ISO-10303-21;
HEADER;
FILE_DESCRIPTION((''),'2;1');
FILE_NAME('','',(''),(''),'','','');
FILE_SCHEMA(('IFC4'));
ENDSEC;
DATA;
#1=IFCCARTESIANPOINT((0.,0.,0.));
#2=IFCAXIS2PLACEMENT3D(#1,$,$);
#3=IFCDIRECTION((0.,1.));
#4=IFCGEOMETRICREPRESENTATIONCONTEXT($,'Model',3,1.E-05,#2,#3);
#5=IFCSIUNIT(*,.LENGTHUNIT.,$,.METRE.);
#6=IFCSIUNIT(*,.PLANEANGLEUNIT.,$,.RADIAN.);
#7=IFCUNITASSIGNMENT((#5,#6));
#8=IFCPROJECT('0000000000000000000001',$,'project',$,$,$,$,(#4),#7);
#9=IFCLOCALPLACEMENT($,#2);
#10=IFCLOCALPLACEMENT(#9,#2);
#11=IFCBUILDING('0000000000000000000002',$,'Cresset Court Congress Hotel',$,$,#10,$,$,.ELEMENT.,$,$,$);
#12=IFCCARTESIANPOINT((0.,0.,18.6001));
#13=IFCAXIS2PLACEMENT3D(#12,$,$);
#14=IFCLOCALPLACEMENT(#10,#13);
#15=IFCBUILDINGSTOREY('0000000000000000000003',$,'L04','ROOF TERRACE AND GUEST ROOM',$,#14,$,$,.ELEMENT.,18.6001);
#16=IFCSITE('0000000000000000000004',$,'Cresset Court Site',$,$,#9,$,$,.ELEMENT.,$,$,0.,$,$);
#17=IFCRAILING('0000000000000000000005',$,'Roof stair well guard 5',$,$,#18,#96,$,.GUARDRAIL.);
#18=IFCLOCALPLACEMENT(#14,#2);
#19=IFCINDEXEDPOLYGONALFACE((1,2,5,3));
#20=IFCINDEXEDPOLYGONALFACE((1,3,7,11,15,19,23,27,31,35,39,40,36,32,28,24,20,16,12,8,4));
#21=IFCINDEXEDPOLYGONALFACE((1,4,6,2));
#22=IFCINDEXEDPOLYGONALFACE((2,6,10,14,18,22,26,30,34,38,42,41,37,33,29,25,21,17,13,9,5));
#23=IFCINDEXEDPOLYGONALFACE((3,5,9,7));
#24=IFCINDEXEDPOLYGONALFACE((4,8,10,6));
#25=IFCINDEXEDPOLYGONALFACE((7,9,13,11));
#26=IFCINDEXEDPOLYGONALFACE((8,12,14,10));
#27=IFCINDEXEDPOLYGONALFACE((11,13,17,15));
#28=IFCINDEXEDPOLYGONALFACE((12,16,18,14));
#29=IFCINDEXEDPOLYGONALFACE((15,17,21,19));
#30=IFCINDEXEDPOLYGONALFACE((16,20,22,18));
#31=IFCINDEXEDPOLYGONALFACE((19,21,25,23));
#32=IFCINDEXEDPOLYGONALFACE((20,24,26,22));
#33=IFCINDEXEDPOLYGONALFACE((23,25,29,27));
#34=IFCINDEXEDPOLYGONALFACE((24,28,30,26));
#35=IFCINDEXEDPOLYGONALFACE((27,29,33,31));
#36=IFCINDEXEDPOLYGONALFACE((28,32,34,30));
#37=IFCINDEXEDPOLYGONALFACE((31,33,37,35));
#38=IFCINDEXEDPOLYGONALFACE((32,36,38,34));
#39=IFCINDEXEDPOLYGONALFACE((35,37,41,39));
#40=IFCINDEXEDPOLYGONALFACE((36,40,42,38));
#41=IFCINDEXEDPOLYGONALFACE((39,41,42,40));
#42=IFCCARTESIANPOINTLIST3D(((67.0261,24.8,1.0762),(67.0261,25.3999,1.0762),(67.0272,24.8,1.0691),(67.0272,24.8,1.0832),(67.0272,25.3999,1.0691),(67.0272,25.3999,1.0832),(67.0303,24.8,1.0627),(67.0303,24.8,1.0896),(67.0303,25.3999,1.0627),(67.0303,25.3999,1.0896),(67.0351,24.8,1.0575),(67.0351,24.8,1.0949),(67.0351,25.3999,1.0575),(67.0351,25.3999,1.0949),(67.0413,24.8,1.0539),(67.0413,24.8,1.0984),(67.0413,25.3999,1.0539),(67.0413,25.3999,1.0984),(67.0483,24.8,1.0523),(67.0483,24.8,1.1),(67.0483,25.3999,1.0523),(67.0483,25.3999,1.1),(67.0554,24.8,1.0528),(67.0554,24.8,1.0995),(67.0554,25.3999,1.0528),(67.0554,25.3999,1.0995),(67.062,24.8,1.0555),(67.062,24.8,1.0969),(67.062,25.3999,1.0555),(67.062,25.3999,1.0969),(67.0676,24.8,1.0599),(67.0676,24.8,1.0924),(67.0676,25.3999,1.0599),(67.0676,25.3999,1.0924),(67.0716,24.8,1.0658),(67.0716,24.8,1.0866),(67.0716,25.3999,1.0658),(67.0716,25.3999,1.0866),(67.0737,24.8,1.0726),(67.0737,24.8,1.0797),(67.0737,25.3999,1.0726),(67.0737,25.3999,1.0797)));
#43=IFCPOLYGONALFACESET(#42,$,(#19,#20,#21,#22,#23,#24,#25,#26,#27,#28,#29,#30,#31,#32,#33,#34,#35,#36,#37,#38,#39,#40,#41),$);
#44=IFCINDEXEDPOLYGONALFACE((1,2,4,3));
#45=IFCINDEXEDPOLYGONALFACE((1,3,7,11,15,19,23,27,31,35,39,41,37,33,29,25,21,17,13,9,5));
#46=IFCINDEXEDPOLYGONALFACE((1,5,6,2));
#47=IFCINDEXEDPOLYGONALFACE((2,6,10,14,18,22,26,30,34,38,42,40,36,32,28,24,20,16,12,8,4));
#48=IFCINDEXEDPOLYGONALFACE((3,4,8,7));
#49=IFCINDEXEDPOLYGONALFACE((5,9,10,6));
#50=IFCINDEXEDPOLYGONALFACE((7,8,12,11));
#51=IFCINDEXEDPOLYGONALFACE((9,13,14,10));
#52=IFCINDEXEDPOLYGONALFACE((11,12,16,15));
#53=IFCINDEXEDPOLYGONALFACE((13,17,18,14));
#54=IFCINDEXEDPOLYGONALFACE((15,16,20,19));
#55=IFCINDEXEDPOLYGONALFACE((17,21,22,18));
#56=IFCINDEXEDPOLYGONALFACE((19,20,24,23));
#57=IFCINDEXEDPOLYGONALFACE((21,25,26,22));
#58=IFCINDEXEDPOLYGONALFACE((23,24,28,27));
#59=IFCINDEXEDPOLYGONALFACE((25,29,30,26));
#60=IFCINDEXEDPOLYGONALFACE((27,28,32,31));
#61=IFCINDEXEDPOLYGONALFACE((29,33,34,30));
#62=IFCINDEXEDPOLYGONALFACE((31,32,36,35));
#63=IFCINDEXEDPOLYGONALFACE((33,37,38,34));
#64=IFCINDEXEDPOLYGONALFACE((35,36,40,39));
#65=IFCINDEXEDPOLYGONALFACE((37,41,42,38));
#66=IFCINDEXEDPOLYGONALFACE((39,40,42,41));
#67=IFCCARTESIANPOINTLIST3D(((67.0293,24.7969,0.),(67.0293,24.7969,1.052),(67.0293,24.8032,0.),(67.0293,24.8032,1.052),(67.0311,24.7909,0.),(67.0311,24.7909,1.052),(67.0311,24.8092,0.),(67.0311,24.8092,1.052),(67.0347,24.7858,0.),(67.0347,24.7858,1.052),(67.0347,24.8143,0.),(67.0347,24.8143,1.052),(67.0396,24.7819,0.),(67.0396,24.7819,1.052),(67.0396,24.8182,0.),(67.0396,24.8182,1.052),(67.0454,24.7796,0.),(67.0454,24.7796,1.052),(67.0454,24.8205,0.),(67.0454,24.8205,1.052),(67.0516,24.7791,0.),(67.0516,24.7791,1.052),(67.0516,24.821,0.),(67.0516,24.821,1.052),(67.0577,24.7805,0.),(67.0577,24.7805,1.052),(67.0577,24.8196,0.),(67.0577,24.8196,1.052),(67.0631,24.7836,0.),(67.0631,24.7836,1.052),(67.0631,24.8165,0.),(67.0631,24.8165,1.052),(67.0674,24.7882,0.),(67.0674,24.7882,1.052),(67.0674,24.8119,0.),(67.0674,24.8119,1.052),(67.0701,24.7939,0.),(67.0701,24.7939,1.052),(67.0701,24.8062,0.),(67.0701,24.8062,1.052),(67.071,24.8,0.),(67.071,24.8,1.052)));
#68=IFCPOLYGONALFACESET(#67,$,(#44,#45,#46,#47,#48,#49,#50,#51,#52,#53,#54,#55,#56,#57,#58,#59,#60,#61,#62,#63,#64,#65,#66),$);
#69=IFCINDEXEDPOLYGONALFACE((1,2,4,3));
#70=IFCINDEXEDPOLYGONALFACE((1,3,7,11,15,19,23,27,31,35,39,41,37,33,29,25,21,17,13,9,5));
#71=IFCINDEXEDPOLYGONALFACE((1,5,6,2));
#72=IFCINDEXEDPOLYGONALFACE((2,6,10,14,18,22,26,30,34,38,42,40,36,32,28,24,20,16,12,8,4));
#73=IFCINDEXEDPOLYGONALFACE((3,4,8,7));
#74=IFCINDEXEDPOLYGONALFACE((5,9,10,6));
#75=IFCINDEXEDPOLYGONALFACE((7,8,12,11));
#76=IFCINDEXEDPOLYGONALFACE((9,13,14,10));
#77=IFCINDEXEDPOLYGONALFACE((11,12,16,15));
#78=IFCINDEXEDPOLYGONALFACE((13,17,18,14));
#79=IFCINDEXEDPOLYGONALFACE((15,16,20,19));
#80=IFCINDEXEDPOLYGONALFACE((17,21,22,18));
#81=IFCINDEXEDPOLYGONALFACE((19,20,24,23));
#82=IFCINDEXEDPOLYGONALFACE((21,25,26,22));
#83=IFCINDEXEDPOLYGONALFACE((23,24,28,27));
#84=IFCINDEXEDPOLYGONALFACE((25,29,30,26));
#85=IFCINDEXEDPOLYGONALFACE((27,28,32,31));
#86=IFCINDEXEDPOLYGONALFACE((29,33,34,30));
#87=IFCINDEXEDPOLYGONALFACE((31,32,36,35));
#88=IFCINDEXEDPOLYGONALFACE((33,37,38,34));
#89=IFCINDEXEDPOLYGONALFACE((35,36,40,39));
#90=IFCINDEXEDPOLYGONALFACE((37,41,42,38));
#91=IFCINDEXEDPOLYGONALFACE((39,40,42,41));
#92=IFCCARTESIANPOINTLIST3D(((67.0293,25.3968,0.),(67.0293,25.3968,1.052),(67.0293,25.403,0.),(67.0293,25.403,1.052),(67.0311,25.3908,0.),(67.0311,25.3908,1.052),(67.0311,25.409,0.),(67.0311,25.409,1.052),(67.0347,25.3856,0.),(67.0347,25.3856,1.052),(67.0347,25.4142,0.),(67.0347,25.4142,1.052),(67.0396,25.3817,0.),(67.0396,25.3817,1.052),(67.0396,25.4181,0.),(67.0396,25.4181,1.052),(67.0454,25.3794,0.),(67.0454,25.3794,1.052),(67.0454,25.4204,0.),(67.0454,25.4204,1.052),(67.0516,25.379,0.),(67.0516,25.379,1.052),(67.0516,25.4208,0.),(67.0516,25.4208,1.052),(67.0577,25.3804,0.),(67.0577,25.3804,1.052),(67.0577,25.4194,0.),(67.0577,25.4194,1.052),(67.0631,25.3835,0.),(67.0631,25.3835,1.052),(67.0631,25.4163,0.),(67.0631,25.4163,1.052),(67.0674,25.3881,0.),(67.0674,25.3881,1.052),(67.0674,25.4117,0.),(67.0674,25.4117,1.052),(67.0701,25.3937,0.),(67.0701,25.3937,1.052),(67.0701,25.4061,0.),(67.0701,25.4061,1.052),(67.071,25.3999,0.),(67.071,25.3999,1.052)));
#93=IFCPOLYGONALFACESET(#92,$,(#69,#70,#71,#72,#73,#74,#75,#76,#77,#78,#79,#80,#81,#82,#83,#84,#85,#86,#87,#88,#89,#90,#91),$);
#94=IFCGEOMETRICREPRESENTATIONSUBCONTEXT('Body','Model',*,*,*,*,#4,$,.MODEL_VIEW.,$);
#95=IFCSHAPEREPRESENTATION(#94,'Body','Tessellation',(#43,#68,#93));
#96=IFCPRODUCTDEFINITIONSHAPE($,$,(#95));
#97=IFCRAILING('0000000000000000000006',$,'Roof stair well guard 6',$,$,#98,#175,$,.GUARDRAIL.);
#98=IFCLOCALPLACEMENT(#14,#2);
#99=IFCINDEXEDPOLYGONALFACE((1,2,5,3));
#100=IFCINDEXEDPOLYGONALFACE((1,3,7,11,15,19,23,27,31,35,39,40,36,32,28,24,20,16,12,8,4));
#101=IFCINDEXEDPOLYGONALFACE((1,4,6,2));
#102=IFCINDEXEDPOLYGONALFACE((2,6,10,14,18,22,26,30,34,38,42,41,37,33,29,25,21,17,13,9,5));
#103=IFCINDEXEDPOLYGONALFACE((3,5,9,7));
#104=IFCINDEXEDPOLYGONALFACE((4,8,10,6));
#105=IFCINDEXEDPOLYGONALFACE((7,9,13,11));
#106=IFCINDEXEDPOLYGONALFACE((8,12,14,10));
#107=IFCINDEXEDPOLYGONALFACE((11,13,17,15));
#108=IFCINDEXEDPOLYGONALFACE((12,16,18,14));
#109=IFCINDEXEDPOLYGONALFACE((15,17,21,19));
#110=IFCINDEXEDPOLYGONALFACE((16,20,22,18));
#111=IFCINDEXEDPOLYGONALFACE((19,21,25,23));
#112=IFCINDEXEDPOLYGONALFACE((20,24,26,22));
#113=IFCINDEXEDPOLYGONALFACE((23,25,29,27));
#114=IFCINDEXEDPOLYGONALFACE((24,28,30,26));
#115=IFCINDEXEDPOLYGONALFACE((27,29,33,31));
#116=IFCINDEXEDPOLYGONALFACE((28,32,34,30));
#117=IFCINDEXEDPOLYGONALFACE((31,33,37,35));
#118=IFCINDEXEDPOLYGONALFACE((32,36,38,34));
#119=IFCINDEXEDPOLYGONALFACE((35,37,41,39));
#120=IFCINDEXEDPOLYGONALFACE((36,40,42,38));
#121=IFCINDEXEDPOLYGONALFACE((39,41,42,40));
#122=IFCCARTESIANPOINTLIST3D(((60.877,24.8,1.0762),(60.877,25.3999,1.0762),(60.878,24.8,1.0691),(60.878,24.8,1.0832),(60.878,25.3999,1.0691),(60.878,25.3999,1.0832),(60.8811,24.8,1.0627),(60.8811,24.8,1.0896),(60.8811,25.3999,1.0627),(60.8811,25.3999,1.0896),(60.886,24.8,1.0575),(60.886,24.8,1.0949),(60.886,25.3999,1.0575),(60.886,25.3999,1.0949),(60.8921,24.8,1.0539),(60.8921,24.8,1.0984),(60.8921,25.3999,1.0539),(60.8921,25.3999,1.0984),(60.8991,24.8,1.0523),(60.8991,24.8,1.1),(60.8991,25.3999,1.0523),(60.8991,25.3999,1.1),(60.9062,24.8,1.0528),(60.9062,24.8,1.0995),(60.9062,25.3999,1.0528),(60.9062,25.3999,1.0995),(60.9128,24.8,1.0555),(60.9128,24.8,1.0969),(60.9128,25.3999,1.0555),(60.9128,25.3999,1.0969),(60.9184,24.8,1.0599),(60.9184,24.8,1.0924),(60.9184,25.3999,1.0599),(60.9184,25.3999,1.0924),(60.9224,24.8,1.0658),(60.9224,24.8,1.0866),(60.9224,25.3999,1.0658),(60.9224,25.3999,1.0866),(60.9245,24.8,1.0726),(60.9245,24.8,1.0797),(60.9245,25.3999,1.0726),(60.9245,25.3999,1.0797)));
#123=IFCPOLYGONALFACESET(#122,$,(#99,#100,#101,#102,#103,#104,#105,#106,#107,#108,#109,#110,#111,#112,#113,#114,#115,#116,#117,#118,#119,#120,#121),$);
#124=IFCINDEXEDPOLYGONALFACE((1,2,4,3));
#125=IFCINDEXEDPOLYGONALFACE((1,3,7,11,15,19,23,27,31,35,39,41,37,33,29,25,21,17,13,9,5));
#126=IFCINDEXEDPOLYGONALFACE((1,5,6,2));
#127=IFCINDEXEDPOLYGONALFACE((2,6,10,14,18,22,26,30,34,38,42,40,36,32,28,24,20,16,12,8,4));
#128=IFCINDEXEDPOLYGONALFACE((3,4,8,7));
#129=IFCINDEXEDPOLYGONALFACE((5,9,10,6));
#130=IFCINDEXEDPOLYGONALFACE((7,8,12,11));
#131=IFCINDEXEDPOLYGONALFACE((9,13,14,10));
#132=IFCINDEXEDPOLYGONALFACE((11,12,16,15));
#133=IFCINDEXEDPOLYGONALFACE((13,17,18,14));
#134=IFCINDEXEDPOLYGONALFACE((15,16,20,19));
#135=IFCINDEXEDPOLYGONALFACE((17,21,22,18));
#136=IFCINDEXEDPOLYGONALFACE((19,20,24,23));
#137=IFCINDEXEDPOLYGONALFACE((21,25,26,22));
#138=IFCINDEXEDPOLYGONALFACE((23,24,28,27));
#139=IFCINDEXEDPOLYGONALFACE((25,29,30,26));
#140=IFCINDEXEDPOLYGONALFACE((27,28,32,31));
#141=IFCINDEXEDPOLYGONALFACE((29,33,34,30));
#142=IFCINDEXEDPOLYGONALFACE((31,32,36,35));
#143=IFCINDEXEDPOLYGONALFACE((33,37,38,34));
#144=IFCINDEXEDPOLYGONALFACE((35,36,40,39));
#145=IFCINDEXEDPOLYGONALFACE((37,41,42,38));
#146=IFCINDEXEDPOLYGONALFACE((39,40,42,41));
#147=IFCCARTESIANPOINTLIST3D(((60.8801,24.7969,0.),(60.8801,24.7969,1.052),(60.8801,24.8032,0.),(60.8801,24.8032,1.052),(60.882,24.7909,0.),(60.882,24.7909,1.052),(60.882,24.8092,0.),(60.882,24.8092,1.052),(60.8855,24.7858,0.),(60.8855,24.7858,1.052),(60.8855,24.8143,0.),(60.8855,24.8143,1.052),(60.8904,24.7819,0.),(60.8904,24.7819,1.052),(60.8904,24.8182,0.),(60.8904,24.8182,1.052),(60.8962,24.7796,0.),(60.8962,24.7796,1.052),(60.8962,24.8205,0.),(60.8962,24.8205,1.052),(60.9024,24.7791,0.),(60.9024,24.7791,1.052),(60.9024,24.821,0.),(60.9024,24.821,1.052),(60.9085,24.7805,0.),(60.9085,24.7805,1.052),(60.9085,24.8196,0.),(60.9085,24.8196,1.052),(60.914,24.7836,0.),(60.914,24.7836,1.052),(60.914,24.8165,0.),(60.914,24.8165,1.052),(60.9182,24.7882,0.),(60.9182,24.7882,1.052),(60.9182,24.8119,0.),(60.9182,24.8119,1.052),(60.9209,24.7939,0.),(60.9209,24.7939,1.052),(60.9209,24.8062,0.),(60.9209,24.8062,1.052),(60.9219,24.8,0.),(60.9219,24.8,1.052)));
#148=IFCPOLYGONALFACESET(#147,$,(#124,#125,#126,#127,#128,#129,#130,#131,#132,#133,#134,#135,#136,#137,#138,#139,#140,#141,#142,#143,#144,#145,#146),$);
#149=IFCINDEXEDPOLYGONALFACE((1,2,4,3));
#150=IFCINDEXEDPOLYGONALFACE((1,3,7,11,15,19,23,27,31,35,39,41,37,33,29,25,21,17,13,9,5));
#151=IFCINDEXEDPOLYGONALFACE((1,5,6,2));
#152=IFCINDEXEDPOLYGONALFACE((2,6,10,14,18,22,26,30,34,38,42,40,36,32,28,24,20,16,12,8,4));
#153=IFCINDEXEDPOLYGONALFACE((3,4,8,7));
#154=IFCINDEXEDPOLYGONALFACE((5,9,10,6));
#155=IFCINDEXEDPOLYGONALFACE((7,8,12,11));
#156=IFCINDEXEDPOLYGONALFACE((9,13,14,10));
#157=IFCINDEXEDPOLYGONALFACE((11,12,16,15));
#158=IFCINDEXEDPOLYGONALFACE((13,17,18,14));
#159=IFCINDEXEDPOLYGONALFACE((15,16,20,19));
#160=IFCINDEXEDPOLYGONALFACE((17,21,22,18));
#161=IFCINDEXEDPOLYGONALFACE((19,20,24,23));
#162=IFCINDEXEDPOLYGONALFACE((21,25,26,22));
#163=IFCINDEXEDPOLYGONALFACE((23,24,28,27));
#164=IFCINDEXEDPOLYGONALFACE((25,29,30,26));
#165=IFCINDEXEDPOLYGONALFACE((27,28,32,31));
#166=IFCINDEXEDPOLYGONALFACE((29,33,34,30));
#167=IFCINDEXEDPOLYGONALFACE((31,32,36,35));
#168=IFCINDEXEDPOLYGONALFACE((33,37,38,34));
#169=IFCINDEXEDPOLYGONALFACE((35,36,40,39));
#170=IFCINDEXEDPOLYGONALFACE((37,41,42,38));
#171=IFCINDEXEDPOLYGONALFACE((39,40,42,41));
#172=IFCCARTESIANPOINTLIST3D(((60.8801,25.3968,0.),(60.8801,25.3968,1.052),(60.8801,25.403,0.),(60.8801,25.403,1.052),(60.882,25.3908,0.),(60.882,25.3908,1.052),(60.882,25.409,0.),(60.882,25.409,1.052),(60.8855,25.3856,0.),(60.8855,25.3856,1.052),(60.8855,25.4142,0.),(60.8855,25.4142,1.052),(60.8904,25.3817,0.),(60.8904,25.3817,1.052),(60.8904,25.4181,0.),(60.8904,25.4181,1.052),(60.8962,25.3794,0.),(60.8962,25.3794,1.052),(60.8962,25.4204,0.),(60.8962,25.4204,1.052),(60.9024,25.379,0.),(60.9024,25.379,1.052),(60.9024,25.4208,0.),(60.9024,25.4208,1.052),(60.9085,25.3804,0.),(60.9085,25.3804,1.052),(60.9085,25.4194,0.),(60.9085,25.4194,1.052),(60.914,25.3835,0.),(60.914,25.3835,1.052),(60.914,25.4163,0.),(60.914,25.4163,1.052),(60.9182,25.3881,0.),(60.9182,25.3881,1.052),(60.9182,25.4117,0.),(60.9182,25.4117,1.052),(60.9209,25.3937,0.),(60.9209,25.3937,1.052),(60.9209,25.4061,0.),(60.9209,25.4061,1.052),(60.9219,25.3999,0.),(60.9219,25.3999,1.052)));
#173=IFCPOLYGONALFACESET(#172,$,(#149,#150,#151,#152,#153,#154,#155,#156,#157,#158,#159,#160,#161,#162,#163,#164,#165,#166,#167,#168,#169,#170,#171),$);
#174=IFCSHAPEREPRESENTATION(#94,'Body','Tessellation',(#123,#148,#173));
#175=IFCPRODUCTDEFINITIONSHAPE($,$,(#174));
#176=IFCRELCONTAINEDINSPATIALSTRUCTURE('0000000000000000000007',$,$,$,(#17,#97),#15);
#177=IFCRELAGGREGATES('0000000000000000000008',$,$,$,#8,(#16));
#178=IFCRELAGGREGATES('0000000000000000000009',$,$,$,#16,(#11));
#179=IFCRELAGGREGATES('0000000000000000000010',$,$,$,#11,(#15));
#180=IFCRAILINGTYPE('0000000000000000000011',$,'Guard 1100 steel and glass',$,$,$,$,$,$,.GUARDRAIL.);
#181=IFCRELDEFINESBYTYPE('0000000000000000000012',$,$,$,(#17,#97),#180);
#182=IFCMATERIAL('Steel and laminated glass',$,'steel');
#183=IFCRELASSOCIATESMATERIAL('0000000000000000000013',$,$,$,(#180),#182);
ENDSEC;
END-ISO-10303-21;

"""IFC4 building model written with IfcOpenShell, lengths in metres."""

from ifc_helpers import new_model, si_unit, direction, frame, origin, origin_2d, place, context, subcontext, project, spatial, circle, extrude, material, type_object, element, save


model = new_model("IFC4")

# Units and contexts
model_context = context("Model", 3, precision=1e-05, world=origin(), true_north=direction((0.0, 1.0)))
body_context = subcontext(model_context, "Body", "Model", "MODEL_VIEW")
ifc_project = project(units=[si_unit("LENGTHUNIT", "METRE"), si_unit("PLANEANGLEUNIT", "RADIAN")], contexts=[model_context])

# Site, building, storey
site_placement = place(None, origin())
site = spatial("IfcSite", under=ifc_project, at=site_placement, Name="Cresset Court Site", CompositionType="ELEMENT", RefElevation=0.0)
building_placement = place(site_placement, origin())
building = spatial("IfcBuilding", under=site, at=building_placement, Name="Cresset Court Congress Hotel", CompositionType="ELEMENT")
storey_placement = place(building_placement, frame((0.0, 0.0, 18.6001)))
storey = spatial("IfcBuildingStorey", under=building, at=storey_placement, Name="L04", Description="ROOF TERRACE AND GUEST ROOM", CompositionType="ELEMENT", Elevation=18.6001)

# Railings
ifc_material_1 = material(Name="Steel and laminated glass", Category="steel")
railing_type = type_object("IfcRailingType", Name="Guard 1100 steel and glass", PredefinedType="GUARDRAIL", material=ifc_material_1)
for number, where, name in (
    (1, (67.05, 24.8, 0.0), "Roof stair well guard 5"),
    (2, (60.9009, 24.8, 0.0), "Roof stair well guard 6"),
):
    element("IfcRailing", number, at=place(storey_placement, frame(where)), inside=storey, type_object=railing_type, Name=name, PredefinedType="GUARDRAIL", context=body_context, shape_type="SweptSolid", body=[
        extrude(circle(Radius=0.0239, at=origin_2d()), frame((0.0, 0.0, 1.0762), z_axis=(0.0, 1.0, 0.0), x_axis=(-1.0, 0.0, 0.0)), (0.0, 0.0, 1.0), 0.5999),
        extrude(circle(Radius=0.021, at=origin_2d()), origin(), (0.0, 0.0, 1.0), 1.052),
        extrude(circle(Radius=0.021, at=origin_2d()), frame((0.0, 0.5999, 0.0)), (0.0, 0.0, 1.0), 1.052),
    ])

save(model, "model.ifc")
